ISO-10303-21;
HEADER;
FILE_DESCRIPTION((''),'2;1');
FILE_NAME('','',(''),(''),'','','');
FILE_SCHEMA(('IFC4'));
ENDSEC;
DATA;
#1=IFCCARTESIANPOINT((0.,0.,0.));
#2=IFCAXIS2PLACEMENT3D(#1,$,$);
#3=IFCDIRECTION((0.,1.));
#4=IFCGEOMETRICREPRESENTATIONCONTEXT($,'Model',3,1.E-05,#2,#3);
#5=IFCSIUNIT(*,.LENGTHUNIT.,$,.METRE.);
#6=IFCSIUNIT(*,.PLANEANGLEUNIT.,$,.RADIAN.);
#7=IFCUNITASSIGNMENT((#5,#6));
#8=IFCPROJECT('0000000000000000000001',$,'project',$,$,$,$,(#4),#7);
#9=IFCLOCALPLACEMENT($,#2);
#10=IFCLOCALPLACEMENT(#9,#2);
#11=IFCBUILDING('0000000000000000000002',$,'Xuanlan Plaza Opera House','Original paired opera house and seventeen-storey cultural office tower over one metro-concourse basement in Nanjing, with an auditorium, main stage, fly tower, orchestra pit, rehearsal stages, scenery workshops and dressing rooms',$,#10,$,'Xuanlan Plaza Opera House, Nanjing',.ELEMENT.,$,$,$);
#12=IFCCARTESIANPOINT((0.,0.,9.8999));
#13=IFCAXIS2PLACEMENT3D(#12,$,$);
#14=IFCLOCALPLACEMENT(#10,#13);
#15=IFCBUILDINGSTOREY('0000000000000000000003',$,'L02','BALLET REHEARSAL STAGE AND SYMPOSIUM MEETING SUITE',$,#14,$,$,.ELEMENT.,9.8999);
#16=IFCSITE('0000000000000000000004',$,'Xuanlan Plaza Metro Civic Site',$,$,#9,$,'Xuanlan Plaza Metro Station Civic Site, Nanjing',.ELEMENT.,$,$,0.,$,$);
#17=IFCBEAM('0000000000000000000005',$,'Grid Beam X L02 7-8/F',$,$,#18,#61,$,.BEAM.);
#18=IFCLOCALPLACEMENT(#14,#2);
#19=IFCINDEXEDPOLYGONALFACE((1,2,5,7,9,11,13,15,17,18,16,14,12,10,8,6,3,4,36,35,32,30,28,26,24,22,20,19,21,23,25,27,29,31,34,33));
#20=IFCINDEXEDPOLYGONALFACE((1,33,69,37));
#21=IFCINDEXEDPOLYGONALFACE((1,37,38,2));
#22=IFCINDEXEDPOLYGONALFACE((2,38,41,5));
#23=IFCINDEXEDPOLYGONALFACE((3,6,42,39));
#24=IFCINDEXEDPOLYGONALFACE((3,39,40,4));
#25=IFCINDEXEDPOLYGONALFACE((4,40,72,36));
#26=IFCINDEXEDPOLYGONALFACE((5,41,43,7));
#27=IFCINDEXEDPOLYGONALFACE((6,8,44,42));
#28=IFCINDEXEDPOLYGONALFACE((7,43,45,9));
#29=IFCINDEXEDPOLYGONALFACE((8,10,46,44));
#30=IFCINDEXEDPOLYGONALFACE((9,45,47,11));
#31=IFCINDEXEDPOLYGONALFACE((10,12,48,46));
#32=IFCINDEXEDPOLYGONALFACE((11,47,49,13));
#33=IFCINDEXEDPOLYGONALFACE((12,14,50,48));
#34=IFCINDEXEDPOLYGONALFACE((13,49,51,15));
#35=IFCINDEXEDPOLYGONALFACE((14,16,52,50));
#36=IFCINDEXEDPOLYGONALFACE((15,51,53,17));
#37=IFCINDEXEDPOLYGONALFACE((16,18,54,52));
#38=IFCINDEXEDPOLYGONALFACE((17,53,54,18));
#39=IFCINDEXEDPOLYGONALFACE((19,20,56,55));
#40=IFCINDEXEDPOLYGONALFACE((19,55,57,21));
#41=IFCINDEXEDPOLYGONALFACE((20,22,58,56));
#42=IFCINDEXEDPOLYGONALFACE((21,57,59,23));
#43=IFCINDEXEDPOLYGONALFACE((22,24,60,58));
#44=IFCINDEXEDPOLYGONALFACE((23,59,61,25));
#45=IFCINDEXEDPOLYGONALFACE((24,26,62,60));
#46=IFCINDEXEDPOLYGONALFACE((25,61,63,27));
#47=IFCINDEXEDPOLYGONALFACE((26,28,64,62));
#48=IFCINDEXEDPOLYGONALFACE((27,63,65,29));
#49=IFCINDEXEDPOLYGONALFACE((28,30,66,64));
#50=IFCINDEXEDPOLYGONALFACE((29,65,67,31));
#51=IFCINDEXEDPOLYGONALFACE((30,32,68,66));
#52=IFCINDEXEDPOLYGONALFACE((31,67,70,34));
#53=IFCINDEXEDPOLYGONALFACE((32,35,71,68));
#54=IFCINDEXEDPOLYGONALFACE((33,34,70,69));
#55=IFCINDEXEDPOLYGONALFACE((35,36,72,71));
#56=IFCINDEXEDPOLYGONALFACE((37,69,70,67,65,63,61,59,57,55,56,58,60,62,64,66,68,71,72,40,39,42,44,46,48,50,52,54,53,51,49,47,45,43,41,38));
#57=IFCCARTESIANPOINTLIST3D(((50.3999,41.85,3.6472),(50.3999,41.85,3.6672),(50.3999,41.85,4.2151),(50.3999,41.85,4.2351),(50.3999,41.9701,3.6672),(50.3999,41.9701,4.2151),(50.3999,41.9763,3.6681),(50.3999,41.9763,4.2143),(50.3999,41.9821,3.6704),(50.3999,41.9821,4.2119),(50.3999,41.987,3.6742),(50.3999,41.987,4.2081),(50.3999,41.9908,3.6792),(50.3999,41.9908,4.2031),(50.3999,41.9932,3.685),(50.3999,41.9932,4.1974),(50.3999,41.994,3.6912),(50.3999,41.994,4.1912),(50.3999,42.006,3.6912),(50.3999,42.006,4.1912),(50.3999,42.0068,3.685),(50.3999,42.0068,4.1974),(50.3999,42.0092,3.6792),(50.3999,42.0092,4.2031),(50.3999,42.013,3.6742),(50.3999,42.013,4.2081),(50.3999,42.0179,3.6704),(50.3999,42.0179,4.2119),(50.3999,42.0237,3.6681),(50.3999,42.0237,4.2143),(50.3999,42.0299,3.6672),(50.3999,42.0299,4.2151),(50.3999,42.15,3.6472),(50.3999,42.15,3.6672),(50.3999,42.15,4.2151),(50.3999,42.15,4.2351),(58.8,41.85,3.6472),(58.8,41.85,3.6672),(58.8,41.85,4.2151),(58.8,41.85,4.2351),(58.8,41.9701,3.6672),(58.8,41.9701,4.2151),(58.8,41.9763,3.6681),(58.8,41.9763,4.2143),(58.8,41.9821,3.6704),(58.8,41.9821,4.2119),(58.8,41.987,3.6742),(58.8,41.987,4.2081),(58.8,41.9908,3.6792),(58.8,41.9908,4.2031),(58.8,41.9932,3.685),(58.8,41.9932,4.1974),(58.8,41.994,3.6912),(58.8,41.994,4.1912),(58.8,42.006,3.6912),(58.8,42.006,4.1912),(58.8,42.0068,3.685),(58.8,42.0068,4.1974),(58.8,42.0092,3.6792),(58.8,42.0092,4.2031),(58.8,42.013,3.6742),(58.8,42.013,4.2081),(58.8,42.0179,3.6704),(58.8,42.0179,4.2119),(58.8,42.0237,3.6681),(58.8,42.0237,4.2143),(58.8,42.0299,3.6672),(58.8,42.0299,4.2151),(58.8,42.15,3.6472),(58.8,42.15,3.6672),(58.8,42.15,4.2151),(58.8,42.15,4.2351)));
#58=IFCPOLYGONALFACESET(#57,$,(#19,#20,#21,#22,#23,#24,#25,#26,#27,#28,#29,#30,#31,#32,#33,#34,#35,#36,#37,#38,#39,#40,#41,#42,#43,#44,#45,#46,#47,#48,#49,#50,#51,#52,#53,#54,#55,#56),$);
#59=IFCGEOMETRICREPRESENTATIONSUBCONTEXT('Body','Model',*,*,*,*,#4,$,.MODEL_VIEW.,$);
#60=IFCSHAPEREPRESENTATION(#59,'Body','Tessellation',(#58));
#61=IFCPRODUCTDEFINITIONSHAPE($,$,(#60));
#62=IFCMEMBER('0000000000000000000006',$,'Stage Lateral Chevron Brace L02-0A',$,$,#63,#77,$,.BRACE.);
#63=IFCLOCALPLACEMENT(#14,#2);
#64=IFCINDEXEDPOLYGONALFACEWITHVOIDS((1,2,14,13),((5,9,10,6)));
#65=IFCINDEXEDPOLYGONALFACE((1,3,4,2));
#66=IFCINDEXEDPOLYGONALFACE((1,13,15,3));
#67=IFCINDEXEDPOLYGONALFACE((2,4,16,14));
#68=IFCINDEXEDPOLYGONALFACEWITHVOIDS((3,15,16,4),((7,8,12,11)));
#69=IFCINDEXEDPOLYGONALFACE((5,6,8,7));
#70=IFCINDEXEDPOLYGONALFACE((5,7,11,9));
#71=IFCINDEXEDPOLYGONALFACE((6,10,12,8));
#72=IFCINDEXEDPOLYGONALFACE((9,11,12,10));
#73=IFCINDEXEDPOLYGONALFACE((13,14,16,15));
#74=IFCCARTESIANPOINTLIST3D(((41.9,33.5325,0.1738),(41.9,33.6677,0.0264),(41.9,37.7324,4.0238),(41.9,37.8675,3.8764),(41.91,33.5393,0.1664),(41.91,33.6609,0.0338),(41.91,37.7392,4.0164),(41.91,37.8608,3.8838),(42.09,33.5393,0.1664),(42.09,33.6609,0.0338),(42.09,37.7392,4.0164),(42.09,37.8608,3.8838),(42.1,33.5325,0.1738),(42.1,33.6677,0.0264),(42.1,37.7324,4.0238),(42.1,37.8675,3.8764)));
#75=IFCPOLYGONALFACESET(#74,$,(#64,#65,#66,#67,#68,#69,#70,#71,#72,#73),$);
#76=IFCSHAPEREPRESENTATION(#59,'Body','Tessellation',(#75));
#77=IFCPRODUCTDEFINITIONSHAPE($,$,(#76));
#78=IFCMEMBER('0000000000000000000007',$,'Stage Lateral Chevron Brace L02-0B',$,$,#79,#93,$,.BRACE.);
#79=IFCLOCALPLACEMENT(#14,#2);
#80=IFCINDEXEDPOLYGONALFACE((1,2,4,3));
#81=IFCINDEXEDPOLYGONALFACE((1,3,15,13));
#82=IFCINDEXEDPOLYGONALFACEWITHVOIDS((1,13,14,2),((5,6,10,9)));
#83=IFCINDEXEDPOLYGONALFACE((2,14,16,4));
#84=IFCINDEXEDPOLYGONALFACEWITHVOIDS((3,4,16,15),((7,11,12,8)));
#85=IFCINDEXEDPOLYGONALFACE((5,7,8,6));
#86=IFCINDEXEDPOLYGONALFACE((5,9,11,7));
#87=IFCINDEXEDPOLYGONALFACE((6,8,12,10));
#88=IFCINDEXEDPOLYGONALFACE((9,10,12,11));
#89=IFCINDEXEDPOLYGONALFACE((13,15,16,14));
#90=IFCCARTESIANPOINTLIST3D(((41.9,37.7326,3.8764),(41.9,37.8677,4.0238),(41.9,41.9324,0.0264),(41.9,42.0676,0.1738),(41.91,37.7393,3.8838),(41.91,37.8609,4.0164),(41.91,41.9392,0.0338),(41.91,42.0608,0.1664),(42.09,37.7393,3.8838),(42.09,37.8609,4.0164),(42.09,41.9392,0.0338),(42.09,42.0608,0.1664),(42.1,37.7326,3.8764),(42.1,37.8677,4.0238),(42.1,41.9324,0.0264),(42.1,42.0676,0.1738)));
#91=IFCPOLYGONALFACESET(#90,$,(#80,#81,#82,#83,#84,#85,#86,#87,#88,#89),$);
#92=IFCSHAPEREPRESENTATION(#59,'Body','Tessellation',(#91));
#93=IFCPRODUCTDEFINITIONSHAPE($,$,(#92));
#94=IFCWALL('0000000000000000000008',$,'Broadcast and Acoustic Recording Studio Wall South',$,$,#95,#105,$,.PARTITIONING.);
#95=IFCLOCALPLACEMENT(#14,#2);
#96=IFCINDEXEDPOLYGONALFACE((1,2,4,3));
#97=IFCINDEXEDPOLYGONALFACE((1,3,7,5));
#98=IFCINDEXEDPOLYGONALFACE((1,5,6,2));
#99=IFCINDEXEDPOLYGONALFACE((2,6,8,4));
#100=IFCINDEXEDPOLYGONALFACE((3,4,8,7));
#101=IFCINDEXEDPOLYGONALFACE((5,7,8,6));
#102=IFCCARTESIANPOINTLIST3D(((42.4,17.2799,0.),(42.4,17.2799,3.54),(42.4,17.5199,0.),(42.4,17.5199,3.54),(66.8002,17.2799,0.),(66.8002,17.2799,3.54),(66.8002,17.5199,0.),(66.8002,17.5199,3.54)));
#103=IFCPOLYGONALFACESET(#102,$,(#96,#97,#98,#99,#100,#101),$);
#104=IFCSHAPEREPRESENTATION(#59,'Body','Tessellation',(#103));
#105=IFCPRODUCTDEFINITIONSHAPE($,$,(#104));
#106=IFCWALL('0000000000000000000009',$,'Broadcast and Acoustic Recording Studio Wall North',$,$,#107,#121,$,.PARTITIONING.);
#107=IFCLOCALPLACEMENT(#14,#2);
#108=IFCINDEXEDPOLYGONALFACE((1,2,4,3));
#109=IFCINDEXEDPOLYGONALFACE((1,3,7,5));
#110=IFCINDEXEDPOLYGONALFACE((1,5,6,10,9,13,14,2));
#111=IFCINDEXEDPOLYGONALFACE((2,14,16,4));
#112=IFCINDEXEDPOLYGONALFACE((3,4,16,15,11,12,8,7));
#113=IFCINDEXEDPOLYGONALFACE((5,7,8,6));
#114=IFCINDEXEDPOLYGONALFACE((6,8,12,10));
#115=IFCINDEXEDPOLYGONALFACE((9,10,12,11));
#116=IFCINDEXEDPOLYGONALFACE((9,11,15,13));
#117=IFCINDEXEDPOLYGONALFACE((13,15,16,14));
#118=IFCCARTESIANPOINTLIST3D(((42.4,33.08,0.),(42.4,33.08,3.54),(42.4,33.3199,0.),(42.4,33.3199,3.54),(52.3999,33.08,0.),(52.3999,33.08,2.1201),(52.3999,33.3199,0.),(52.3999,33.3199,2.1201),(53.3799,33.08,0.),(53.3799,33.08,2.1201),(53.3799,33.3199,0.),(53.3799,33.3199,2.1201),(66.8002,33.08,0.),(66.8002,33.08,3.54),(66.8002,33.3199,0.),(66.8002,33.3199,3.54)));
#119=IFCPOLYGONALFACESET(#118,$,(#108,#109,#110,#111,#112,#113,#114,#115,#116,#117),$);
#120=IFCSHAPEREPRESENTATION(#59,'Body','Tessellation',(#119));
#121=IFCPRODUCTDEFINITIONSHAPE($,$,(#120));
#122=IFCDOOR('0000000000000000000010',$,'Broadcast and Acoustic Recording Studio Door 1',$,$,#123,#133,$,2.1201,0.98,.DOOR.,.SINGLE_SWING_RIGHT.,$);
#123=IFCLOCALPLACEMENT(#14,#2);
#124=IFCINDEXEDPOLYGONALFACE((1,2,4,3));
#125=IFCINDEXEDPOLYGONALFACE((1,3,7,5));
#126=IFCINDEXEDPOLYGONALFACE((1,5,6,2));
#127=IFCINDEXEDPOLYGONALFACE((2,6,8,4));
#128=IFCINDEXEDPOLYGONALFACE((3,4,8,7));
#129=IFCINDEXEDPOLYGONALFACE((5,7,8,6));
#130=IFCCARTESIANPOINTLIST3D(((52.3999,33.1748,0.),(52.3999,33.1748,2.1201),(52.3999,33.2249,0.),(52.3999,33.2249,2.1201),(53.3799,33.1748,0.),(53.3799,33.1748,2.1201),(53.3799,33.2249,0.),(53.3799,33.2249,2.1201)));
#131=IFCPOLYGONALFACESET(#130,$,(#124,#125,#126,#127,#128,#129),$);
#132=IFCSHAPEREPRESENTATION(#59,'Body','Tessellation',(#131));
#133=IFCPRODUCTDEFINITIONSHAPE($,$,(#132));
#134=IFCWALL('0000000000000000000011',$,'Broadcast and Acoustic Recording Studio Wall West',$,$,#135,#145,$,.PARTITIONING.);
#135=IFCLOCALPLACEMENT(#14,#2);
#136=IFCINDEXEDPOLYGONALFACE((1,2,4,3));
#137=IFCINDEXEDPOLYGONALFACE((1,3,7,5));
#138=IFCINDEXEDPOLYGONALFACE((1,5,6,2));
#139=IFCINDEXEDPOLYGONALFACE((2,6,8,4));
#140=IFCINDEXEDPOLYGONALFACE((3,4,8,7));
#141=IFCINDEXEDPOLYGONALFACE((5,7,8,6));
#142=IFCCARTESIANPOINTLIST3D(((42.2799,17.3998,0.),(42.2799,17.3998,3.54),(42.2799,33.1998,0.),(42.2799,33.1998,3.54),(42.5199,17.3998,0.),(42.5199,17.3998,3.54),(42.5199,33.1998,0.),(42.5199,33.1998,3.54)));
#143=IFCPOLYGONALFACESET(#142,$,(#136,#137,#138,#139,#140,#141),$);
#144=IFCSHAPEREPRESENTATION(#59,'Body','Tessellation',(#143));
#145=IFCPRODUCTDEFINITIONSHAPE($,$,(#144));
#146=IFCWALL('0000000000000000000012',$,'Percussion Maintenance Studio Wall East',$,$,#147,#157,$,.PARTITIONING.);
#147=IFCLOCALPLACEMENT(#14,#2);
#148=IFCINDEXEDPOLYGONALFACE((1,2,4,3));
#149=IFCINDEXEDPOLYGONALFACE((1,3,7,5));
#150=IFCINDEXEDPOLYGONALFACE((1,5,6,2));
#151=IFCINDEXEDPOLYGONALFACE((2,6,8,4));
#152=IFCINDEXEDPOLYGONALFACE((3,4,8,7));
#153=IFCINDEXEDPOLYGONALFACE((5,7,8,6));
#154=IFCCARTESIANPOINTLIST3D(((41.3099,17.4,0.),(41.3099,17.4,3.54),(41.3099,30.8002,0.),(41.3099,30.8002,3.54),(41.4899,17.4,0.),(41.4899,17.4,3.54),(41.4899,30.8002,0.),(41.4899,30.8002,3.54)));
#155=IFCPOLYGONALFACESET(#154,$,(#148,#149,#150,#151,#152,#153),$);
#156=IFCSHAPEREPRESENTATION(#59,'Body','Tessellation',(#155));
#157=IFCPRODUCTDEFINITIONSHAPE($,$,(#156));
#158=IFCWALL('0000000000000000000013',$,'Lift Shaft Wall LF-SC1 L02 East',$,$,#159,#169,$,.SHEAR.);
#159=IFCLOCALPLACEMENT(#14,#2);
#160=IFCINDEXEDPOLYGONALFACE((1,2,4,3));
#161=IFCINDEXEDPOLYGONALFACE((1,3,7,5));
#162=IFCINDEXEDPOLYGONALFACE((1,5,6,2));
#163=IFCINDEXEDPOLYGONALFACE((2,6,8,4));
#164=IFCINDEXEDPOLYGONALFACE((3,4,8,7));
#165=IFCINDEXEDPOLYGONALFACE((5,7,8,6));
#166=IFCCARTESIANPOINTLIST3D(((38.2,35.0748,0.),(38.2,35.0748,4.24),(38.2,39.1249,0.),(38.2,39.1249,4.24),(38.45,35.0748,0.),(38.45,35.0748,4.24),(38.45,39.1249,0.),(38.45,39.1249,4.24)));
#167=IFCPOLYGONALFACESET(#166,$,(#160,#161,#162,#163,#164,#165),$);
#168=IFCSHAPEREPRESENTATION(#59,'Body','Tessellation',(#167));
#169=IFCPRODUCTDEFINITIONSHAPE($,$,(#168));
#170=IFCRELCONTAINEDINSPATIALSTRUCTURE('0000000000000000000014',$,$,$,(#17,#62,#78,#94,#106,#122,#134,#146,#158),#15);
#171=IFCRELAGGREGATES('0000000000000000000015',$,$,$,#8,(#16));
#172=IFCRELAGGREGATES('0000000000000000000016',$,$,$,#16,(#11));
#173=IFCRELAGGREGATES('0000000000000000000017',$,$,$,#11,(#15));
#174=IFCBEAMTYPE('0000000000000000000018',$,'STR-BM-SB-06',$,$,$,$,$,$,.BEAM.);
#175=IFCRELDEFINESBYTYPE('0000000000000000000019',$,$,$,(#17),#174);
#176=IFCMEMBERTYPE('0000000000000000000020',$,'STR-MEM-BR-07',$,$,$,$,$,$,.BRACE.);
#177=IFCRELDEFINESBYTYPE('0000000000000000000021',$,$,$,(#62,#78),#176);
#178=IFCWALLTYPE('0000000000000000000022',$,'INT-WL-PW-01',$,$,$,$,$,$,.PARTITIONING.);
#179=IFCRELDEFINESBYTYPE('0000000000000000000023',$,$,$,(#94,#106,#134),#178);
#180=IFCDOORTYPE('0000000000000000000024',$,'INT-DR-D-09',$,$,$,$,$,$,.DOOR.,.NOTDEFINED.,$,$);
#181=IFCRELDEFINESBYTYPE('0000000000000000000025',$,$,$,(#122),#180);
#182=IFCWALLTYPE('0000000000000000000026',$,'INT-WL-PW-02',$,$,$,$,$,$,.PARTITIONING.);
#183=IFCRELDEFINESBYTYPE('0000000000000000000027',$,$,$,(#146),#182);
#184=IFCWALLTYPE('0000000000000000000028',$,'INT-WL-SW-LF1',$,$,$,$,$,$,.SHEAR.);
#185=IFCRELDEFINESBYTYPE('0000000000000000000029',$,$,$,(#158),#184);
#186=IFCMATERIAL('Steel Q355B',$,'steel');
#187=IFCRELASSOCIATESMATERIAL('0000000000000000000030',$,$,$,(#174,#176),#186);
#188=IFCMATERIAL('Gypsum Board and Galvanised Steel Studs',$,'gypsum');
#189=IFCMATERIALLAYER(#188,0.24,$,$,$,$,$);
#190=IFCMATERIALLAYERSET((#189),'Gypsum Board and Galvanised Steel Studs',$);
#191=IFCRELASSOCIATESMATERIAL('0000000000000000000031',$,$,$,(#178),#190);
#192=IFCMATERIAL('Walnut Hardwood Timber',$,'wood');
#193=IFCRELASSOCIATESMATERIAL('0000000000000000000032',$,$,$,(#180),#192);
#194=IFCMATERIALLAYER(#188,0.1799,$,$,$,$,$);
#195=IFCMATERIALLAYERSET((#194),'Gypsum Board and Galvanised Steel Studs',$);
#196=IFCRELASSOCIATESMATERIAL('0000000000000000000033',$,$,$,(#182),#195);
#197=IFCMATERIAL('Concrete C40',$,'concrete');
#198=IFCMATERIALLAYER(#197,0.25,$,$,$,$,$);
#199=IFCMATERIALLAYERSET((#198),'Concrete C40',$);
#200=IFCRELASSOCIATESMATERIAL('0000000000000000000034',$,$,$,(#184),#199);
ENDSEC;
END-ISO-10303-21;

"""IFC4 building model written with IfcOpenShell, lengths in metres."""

from ifc_helpers import new_model, si_unit, direction, frame, frame_2d, origin, origin_2d, place, context, subcontext, project, spatial, rectangle, hollow_rectangle, i_section, extrude, material, layer, layer_set, material_profile, profile_set, type_object, element, fill, save


model = new_model("IFC4")

# Units and contexts
model_context = context("Model", 3, precision=1e-05, world=origin(), true_north=direction((0.0, 1.0)))
body_context = subcontext(model_context, "Body", "Model", "MODEL_VIEW")
ifc_project = project(units=[si_unit("LENGTHUNIT", "METRE"), si_unit("PLANEANGLEUNIT", "RADIAN")], contexts=[model_context])

# Site, building, storey
site_placement = place(None, origin())
site = spatial("IfcSite", under=ifc_project, at=site_placement, Name="Xuanlan Plaza Metro Civic Site", LongName="Xuanlan Plaza Metro Station Civic Site, Nanjing", CompositionType="ELEMENT", RefElevation=0.0)
building_placement = place(site_placement, origin())
building = spatial("IfcBuilding", under=site, at=building_placement, Name="Xuanlan Plaza Opera House", Description="Original paired opera house and seventeen-storey cultural office tower over one metro-concourse basement in Nanjing, with an auditorium, main stage, fly tower, orchestra pit, rehearsal stages, scenery workshops and dressing rooms", LongName="Xuanlan Plaza Opera House, Nanjing", CompositionType="ELEMENT")
storey_placement = place(building_placement, frame((0.0, 0.0, 9.8999)))
storey = spatial("IfcBuildingStorey", under=building, at=storey_placement, Name="L02", Description="BALLET REHEARSAL STAGE AND SYMPOSIUM MEETING SUITE", CompositionType="ELEMENT", Elevation=9.8999)

# Shared definitions
ifc_material_1 = material(Name="Concrete C40", Category="concrete")

# Beam
ifc_material_2 = material(Name="Steel Q355B", Category="steel")
ifc_material_profile_1 = material_profile(ifc_material_2, i_section(OverallWidth=0.3, OverallDepth=0.5879, WebThickness=0.012, FlangeThickness=0.02, FilletRadius=0.0239, at=origin_2d()), Name="HM 588x300x12x20")
ifc_profile_set_1 = profile_set([ifc_material_profile_1], Name="Steel Q355B")
beam_type_1 = type_object("IfcBeamType", Name="STR-BM-SB-06", PredefinedType="BEAM", material=ifc_profile_set_1)
beam_1_placement = place(storey_placement, frame((50.3999, 42.0, 3.9412), z_axis=(1.0, 0.0, 0.0), x_axis=(0.0, 1.0, 0.0)))
element("IfcBeam", 1, at=beam_1_placement, inside=storey, type_object=beam_type_1, Name="Grid Beam X L02 7-8/F", PredefinedType="BEAM", context=body_context, shape_type="SweptSolid", body=[
    extrude(i_section(OverallWidth=0.3, OverallDepth=0.5879, WebThickness=0.012, FlangeThickness=0.02, FilletRadius=0.0239, at=origin_2d()), origin(), (0.0, 0.0, 1.0), 8.4001),
])

# Members
ifc_material_profile_2 = material_profile(ifc_material_2, hollow_rectangle(XDim=0.2, YDim=0.2, WallThickness=0.01, at=origin_2d()), Name="SHS 200x200x10")
ifc_profile_set_2 = profile_set([ifc_material_profile_2], Name="Steel Q355B")
member_type_1 = type_object("IfcMemberType", Name="STR-MEM-BR-07", PredefinedType="BRACE", material=ifc_profile_set_2)
for number, where, z_axis, x_axis, name in (
    (2, (42.0, 33.6001, 0.1001), (0.0, 0.737142, 0.675738), (-1.0, 0.0, 0.0), "Stage Lateral Chevron Brace L02-0A"),
    (3, (42.0, 42.0, 0.1001), (0.0, -0.737142, 0.675738), (1.0, 0.0, 0.0), "Stage Lateral Chevron Brace L02-0B"),
):
    element("IfcMember", number, at=place(storey_placement, frame(where, z_axis=z_axis, x_axis=x_axis)), inside=storey, type_object=member_type_1, Name=name, PredefinedType="BRACE", context=body_context, shape_type="SweptSolid", body=[
        extrude(hollow_rectangle(XDim=0.2, YDim=0.2, WallThickness=0.01, at=origin_2d()), origin(), (0.0, 0.0, 1.0), 5.6975),
    ])

# Wall
ifc_material_3 = material(Name="Gypsum Board and Galvanised Steel Studs", Category="gypsum")
ifc_layer_1 = layer(ifc_material_3, 0.24)
ifc_layer_set_1 = layer_set([ifc_layer_1], Name="Gypsum Board and Galvanised Steel Studs")
wall_type_1 = type_object("IfcWallType", Name="INT-WL-PW-01", PredefinedType="PARTITIONING", material=ifc_layer_set_1)
wall_1_placement = place(storey_placement, frame((42.3999, 17.3999, 0.0), z_axis=(0.0, 0.0, 1.0), x_axis=(1.0, 0.0, 0.0)))
element("IfcWall", 4, at=wall_1_placement, inside=storey, type_object=wall_type_1, Name="Broadcast and Acoustic Recording Studio Wall South", PredefinedType="PARTITIONING", context=body_context, shape_type="SweptSolid", body=[
    extrude(rectangle(XDim=24.4001, YDim=0.24, at=frame_2d((12.2002, 0.0))), origin(), (0.0, 0.0, 1.0), 3.54),
])

# Wall, opening, door
wall_2_placement = place(storey_placement, frame((42.3999, 33.2, 0.0), z_axis=(0.0, 0.0, 1.0), x_axis=(1.0, 0.0, 0.0)))
wall_2 = element("IfcWall", 5, at=wall_2_placement, inside=storey, type_object=wall_type_1, Name="Broadcast and Acoustic Recording Studio Wall North", PredefinedType="PARTITIONING", context=body_context, shape_type="SweptSolid", body=[
    extrude(rectangle(XDim=24.4001, YDim=0.24, at=frame_2d((12.2002, 0.0))), origin(), (0.0, 0.0, 1.0), 3.54),
])
opening_placement = place(wall_2_placement, frame((10.0, 0.0, 0.0)))
opening = element("IfcOpeningElement", 6, at=opening_placement, cuts=wall_2, PredefinedType="OPENING", context=body_context, shape_type="SweptSolid", body=[
    extrude(rectangle(XDim=0.98, YDim=2.1201, at=frame_2d((0.49, 1.0601))), frame((0.0, 0.1299, 0.0), z_axis=(0.0, -1.0, 0.0), x_axis=(1.0, 0.0, 0.0)), (0.0, 0.0, 1.0), 0.26),
])
ifc_material_4 = material(Name="Walnut Hardwood Timber", Category="wood")
door_type = type_object("IfcDoorType", Name="INT-DR-D-09", OperationType="NOTDEFINED", PredefinedType="DOOR", material=ifc_material_4)
door_placement = place(opening_placement, origin())
door = element("IfcDoor", 7, at=door_placement, inside=storey, type_object=door_type, Name="Broadcast and Acoustic Recording Studio Door 1", OperationType="SINGLE_SWING_RIGHT", OverallHeight=2.1201, OverallWidth=0.98, PredefinedType="DOOR", context=body_context, shape_type="SweptSolid", body=[
    extrude(rectangle(XDim=0.98, YDim=2.1201, at=frame_2d((0.49, 1.0601))), frame((0.0, 0.0249, 0.0), z_axis=(0.0, -1.0, 0.0), x_axis=(1.0, 0.0, 0.0)), (0.0, 0.0, 1.0), 0.05),
])
fill(opening, door)

# Walls
wall_3_placement = place(storey_placement, frame((42.3999, 17.3999, 0.0), z_axis=(0.0, 0.0, 1.0), x_axis=(0.0, 1.0, 0.0)))
element("IfcWall", 8, at=wall_3_placement, inside=storey, type_object=wall_type_1, Name="Broadcast and Acoustic Recording Studio Wall West", PredefinedType="PARTITIONING", context=body_context, shape_type="SweptSolid", body=[
    extrude(rectangle(XDim=15.8, YDim=0.24, at=frame_2d((7.8999, 0.0))), origin(), (0.0, 0.0, 1.0), 3.54),
])
ifc_layer_2 = layer(ifc_material_3, 0.1799)
ifc_layer_set_2 = layer_set([ifc_layer_2], Name="Gypsum Board and Galvanised Steel Studs")
wall_type_2 = type_object("IfcWallType", Name="INT-WL-PW-02", PredefinedType="PARTITIONING", material=ifc_layer_set_2)
wall_4_placement = place(storey_placement, frame((41.3999, 17.3999, 0.0), z_axis=(0.0, 0.0, 1.0), x_axis=(0.0, 1.0, 0.0)))
element("IfcWall", 9, at=wall_4_placement, inside=storey, type_object=wall_type_2, Name="Percussion Maintenance Studio Wall East", PredefinedType="PARTITIONING", context=body_context, shape_type="SweptSolid", body=[
    extrude(rectangle(XDim=13.4001, YDim=0.1799, at=frame_2d((6.7002, 0.0))), origin(), (0.0, 0.0, 1.0), 3.54),
])
ifc_layer_3 = layer(ifc_material_1, 0.25)
ifc_layer_set_3 = layer_set([ifc_layer_3], Name="Concrete C40")
wall_type_3 = type_object("IfcWallType", Name="INT-WL-SW-LF1", PredefinedType="SHEAR", material=ifc_layer_set_3)
wall_5_placement = place(storey_placement, frame((38.325, 35.075, 0.0), z_axis=(0.0, 0.0, 1.0), x_axis=(0.0, 1.0, 0.0)))
element("IfcWall", 10, at=wall_5_placement, inside=storey, type_object=wall_type_3, Name="Lift Shaft Wall LF-SC1 L02 East", PredefinedType="SHEAR", context=body_context, shape_type="SweptSolid", body=[
    extrude(rectangle(XDim=4.05, YDim=0.25, at=frame_2d((2.0249, 0.0))), origin(), (0.0, 0.0, 1.0), 4.24),
])

save(model, "model.ifc")
